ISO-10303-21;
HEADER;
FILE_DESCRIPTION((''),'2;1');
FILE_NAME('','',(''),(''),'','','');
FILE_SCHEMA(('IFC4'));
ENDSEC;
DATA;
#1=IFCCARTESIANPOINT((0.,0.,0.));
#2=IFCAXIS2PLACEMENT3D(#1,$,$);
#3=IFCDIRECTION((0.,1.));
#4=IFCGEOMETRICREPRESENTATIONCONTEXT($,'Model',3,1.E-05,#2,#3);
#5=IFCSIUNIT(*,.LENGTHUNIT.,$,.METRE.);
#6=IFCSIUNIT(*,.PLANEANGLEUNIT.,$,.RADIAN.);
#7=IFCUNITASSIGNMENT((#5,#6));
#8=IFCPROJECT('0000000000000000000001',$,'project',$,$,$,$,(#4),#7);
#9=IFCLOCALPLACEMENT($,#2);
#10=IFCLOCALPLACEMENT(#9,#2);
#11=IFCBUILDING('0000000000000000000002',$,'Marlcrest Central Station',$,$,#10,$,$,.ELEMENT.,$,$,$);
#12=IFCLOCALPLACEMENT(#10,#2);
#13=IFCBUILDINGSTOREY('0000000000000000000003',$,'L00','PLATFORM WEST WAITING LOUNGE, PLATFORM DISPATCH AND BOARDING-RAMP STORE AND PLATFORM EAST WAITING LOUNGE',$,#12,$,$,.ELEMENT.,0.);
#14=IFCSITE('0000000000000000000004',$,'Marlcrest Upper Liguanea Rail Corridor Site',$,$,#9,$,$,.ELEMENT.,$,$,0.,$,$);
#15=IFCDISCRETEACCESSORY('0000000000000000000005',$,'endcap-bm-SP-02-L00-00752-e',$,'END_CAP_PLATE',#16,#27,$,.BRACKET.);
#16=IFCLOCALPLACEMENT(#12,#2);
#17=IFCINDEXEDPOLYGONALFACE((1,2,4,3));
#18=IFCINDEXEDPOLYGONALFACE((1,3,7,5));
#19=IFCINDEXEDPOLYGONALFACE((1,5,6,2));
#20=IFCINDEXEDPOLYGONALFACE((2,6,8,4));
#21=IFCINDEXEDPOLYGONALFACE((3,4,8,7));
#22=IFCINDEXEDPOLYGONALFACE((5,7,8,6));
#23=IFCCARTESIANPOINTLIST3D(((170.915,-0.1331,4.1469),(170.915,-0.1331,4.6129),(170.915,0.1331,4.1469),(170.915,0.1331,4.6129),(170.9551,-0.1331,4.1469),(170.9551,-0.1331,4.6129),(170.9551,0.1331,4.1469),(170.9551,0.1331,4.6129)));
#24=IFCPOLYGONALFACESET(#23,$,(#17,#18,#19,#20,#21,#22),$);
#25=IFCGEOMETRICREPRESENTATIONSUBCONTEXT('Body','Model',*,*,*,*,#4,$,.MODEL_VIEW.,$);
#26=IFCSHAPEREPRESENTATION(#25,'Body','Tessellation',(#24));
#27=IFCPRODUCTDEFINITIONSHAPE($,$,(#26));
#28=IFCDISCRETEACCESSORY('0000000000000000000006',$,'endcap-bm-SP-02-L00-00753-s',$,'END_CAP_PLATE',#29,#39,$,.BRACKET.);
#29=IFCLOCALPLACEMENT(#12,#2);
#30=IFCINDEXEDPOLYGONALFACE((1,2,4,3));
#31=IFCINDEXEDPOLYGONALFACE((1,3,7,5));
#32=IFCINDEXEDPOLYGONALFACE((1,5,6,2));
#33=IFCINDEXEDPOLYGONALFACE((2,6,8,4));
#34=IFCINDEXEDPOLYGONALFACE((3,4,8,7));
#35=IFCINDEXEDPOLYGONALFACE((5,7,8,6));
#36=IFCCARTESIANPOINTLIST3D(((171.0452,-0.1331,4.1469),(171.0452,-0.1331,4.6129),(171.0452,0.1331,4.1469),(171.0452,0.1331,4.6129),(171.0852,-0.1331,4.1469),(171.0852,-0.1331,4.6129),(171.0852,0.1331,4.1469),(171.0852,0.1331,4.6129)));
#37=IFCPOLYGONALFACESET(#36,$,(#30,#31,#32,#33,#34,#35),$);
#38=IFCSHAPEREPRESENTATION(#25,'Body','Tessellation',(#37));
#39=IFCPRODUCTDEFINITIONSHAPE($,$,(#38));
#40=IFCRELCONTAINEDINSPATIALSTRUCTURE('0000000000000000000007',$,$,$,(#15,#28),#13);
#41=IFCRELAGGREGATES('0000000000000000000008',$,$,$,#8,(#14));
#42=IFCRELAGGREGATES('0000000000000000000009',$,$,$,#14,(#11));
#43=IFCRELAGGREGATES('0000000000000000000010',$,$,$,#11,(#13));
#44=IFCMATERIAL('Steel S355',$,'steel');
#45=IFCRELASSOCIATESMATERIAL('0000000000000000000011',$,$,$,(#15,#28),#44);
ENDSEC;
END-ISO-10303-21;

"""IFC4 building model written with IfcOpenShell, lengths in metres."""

from ifc_helpers import new_model, si_unit, direction, frame, origin, origin_2d, place, context, subcontext, project, spatial, rectangle, extrude, material, element, save


model = new_model("IFC4")

# Units and contexts
model_context = context("Model", 3, precision=1e-05, world=origin(), true_north=direction((0.0, 1.0)))
body_context = subcontext(model_context, "Body", "Model", "MODEL_VIEW")
ifc_project = project(units=[si_unit("LENGTHUNIT", "METRE"), si_unit("PLANEANGLEUNIT", "RADIAN")], contexts=[model_context])

# Site, building, storey
site_placement = place(None, origin())
site = spatial("IfcSite", under=ifc_project, at=site_placement, Name="Marlcrest Upper Liguanea Rail Corridor Site", CompositionType="ELEMENT", RefElevation=0.0)
building_placement = place(site_placement, origin())
building = spatial("IfcBuilding", under=site, at=building_placement, Name="Marlcrest Central Station", CompositionType="ELEMENT")
storey_placement = place(building_placement, origin())
storey = spatial("IfcBuildingStorey", under=building, at=storey_placement, Name="L00", Description="PLATFORM WEST WAITING LOUNGE, PLATFORM DISPATCH AND BOARDING-RAMP STORE AND PLATFORM EAST WAITING LOUNGE", CompositionType="ELEMENT", Elevation=0.0)

# Shared definitions
ifc_material_1 = material(Name="Steel S355", Category="steel")

# Discrete accessories
for number, where, z_axis, x_axis, name in (
    (1, (170.915, 0.0, 4.3799), (1.0, 0.0, 0.0), (0.0, 1.0, 0.0), "endcap-bm-SP-02-L00-00752-e"),
    (2, (171.0452, 0.0, 4.3799), (1.0, 0.0, 0.0), (0.0, 1.0, 0.0), "endcap-bm-SP-02-L00-00753-s"),
):
    element("IfcDiscreteAccessory", number, at=place(storey_placement, frame(where, z_axis=z_axis, x_axis=x_axis)), inside=storey, material=ifc_material_1, Name=name, ObjectType="END_CAP_PLATE", PredefinedType="BRACKET", context=body_context, shape_type="SweptSolid", body=[
        extrude(rectangle(XDim=0.2661, YDim=0.4661, at=origin_2d()), origin(), (0.0, 0.0, 1.0), 0.04),
    ])

save(model, "model.ifc")
